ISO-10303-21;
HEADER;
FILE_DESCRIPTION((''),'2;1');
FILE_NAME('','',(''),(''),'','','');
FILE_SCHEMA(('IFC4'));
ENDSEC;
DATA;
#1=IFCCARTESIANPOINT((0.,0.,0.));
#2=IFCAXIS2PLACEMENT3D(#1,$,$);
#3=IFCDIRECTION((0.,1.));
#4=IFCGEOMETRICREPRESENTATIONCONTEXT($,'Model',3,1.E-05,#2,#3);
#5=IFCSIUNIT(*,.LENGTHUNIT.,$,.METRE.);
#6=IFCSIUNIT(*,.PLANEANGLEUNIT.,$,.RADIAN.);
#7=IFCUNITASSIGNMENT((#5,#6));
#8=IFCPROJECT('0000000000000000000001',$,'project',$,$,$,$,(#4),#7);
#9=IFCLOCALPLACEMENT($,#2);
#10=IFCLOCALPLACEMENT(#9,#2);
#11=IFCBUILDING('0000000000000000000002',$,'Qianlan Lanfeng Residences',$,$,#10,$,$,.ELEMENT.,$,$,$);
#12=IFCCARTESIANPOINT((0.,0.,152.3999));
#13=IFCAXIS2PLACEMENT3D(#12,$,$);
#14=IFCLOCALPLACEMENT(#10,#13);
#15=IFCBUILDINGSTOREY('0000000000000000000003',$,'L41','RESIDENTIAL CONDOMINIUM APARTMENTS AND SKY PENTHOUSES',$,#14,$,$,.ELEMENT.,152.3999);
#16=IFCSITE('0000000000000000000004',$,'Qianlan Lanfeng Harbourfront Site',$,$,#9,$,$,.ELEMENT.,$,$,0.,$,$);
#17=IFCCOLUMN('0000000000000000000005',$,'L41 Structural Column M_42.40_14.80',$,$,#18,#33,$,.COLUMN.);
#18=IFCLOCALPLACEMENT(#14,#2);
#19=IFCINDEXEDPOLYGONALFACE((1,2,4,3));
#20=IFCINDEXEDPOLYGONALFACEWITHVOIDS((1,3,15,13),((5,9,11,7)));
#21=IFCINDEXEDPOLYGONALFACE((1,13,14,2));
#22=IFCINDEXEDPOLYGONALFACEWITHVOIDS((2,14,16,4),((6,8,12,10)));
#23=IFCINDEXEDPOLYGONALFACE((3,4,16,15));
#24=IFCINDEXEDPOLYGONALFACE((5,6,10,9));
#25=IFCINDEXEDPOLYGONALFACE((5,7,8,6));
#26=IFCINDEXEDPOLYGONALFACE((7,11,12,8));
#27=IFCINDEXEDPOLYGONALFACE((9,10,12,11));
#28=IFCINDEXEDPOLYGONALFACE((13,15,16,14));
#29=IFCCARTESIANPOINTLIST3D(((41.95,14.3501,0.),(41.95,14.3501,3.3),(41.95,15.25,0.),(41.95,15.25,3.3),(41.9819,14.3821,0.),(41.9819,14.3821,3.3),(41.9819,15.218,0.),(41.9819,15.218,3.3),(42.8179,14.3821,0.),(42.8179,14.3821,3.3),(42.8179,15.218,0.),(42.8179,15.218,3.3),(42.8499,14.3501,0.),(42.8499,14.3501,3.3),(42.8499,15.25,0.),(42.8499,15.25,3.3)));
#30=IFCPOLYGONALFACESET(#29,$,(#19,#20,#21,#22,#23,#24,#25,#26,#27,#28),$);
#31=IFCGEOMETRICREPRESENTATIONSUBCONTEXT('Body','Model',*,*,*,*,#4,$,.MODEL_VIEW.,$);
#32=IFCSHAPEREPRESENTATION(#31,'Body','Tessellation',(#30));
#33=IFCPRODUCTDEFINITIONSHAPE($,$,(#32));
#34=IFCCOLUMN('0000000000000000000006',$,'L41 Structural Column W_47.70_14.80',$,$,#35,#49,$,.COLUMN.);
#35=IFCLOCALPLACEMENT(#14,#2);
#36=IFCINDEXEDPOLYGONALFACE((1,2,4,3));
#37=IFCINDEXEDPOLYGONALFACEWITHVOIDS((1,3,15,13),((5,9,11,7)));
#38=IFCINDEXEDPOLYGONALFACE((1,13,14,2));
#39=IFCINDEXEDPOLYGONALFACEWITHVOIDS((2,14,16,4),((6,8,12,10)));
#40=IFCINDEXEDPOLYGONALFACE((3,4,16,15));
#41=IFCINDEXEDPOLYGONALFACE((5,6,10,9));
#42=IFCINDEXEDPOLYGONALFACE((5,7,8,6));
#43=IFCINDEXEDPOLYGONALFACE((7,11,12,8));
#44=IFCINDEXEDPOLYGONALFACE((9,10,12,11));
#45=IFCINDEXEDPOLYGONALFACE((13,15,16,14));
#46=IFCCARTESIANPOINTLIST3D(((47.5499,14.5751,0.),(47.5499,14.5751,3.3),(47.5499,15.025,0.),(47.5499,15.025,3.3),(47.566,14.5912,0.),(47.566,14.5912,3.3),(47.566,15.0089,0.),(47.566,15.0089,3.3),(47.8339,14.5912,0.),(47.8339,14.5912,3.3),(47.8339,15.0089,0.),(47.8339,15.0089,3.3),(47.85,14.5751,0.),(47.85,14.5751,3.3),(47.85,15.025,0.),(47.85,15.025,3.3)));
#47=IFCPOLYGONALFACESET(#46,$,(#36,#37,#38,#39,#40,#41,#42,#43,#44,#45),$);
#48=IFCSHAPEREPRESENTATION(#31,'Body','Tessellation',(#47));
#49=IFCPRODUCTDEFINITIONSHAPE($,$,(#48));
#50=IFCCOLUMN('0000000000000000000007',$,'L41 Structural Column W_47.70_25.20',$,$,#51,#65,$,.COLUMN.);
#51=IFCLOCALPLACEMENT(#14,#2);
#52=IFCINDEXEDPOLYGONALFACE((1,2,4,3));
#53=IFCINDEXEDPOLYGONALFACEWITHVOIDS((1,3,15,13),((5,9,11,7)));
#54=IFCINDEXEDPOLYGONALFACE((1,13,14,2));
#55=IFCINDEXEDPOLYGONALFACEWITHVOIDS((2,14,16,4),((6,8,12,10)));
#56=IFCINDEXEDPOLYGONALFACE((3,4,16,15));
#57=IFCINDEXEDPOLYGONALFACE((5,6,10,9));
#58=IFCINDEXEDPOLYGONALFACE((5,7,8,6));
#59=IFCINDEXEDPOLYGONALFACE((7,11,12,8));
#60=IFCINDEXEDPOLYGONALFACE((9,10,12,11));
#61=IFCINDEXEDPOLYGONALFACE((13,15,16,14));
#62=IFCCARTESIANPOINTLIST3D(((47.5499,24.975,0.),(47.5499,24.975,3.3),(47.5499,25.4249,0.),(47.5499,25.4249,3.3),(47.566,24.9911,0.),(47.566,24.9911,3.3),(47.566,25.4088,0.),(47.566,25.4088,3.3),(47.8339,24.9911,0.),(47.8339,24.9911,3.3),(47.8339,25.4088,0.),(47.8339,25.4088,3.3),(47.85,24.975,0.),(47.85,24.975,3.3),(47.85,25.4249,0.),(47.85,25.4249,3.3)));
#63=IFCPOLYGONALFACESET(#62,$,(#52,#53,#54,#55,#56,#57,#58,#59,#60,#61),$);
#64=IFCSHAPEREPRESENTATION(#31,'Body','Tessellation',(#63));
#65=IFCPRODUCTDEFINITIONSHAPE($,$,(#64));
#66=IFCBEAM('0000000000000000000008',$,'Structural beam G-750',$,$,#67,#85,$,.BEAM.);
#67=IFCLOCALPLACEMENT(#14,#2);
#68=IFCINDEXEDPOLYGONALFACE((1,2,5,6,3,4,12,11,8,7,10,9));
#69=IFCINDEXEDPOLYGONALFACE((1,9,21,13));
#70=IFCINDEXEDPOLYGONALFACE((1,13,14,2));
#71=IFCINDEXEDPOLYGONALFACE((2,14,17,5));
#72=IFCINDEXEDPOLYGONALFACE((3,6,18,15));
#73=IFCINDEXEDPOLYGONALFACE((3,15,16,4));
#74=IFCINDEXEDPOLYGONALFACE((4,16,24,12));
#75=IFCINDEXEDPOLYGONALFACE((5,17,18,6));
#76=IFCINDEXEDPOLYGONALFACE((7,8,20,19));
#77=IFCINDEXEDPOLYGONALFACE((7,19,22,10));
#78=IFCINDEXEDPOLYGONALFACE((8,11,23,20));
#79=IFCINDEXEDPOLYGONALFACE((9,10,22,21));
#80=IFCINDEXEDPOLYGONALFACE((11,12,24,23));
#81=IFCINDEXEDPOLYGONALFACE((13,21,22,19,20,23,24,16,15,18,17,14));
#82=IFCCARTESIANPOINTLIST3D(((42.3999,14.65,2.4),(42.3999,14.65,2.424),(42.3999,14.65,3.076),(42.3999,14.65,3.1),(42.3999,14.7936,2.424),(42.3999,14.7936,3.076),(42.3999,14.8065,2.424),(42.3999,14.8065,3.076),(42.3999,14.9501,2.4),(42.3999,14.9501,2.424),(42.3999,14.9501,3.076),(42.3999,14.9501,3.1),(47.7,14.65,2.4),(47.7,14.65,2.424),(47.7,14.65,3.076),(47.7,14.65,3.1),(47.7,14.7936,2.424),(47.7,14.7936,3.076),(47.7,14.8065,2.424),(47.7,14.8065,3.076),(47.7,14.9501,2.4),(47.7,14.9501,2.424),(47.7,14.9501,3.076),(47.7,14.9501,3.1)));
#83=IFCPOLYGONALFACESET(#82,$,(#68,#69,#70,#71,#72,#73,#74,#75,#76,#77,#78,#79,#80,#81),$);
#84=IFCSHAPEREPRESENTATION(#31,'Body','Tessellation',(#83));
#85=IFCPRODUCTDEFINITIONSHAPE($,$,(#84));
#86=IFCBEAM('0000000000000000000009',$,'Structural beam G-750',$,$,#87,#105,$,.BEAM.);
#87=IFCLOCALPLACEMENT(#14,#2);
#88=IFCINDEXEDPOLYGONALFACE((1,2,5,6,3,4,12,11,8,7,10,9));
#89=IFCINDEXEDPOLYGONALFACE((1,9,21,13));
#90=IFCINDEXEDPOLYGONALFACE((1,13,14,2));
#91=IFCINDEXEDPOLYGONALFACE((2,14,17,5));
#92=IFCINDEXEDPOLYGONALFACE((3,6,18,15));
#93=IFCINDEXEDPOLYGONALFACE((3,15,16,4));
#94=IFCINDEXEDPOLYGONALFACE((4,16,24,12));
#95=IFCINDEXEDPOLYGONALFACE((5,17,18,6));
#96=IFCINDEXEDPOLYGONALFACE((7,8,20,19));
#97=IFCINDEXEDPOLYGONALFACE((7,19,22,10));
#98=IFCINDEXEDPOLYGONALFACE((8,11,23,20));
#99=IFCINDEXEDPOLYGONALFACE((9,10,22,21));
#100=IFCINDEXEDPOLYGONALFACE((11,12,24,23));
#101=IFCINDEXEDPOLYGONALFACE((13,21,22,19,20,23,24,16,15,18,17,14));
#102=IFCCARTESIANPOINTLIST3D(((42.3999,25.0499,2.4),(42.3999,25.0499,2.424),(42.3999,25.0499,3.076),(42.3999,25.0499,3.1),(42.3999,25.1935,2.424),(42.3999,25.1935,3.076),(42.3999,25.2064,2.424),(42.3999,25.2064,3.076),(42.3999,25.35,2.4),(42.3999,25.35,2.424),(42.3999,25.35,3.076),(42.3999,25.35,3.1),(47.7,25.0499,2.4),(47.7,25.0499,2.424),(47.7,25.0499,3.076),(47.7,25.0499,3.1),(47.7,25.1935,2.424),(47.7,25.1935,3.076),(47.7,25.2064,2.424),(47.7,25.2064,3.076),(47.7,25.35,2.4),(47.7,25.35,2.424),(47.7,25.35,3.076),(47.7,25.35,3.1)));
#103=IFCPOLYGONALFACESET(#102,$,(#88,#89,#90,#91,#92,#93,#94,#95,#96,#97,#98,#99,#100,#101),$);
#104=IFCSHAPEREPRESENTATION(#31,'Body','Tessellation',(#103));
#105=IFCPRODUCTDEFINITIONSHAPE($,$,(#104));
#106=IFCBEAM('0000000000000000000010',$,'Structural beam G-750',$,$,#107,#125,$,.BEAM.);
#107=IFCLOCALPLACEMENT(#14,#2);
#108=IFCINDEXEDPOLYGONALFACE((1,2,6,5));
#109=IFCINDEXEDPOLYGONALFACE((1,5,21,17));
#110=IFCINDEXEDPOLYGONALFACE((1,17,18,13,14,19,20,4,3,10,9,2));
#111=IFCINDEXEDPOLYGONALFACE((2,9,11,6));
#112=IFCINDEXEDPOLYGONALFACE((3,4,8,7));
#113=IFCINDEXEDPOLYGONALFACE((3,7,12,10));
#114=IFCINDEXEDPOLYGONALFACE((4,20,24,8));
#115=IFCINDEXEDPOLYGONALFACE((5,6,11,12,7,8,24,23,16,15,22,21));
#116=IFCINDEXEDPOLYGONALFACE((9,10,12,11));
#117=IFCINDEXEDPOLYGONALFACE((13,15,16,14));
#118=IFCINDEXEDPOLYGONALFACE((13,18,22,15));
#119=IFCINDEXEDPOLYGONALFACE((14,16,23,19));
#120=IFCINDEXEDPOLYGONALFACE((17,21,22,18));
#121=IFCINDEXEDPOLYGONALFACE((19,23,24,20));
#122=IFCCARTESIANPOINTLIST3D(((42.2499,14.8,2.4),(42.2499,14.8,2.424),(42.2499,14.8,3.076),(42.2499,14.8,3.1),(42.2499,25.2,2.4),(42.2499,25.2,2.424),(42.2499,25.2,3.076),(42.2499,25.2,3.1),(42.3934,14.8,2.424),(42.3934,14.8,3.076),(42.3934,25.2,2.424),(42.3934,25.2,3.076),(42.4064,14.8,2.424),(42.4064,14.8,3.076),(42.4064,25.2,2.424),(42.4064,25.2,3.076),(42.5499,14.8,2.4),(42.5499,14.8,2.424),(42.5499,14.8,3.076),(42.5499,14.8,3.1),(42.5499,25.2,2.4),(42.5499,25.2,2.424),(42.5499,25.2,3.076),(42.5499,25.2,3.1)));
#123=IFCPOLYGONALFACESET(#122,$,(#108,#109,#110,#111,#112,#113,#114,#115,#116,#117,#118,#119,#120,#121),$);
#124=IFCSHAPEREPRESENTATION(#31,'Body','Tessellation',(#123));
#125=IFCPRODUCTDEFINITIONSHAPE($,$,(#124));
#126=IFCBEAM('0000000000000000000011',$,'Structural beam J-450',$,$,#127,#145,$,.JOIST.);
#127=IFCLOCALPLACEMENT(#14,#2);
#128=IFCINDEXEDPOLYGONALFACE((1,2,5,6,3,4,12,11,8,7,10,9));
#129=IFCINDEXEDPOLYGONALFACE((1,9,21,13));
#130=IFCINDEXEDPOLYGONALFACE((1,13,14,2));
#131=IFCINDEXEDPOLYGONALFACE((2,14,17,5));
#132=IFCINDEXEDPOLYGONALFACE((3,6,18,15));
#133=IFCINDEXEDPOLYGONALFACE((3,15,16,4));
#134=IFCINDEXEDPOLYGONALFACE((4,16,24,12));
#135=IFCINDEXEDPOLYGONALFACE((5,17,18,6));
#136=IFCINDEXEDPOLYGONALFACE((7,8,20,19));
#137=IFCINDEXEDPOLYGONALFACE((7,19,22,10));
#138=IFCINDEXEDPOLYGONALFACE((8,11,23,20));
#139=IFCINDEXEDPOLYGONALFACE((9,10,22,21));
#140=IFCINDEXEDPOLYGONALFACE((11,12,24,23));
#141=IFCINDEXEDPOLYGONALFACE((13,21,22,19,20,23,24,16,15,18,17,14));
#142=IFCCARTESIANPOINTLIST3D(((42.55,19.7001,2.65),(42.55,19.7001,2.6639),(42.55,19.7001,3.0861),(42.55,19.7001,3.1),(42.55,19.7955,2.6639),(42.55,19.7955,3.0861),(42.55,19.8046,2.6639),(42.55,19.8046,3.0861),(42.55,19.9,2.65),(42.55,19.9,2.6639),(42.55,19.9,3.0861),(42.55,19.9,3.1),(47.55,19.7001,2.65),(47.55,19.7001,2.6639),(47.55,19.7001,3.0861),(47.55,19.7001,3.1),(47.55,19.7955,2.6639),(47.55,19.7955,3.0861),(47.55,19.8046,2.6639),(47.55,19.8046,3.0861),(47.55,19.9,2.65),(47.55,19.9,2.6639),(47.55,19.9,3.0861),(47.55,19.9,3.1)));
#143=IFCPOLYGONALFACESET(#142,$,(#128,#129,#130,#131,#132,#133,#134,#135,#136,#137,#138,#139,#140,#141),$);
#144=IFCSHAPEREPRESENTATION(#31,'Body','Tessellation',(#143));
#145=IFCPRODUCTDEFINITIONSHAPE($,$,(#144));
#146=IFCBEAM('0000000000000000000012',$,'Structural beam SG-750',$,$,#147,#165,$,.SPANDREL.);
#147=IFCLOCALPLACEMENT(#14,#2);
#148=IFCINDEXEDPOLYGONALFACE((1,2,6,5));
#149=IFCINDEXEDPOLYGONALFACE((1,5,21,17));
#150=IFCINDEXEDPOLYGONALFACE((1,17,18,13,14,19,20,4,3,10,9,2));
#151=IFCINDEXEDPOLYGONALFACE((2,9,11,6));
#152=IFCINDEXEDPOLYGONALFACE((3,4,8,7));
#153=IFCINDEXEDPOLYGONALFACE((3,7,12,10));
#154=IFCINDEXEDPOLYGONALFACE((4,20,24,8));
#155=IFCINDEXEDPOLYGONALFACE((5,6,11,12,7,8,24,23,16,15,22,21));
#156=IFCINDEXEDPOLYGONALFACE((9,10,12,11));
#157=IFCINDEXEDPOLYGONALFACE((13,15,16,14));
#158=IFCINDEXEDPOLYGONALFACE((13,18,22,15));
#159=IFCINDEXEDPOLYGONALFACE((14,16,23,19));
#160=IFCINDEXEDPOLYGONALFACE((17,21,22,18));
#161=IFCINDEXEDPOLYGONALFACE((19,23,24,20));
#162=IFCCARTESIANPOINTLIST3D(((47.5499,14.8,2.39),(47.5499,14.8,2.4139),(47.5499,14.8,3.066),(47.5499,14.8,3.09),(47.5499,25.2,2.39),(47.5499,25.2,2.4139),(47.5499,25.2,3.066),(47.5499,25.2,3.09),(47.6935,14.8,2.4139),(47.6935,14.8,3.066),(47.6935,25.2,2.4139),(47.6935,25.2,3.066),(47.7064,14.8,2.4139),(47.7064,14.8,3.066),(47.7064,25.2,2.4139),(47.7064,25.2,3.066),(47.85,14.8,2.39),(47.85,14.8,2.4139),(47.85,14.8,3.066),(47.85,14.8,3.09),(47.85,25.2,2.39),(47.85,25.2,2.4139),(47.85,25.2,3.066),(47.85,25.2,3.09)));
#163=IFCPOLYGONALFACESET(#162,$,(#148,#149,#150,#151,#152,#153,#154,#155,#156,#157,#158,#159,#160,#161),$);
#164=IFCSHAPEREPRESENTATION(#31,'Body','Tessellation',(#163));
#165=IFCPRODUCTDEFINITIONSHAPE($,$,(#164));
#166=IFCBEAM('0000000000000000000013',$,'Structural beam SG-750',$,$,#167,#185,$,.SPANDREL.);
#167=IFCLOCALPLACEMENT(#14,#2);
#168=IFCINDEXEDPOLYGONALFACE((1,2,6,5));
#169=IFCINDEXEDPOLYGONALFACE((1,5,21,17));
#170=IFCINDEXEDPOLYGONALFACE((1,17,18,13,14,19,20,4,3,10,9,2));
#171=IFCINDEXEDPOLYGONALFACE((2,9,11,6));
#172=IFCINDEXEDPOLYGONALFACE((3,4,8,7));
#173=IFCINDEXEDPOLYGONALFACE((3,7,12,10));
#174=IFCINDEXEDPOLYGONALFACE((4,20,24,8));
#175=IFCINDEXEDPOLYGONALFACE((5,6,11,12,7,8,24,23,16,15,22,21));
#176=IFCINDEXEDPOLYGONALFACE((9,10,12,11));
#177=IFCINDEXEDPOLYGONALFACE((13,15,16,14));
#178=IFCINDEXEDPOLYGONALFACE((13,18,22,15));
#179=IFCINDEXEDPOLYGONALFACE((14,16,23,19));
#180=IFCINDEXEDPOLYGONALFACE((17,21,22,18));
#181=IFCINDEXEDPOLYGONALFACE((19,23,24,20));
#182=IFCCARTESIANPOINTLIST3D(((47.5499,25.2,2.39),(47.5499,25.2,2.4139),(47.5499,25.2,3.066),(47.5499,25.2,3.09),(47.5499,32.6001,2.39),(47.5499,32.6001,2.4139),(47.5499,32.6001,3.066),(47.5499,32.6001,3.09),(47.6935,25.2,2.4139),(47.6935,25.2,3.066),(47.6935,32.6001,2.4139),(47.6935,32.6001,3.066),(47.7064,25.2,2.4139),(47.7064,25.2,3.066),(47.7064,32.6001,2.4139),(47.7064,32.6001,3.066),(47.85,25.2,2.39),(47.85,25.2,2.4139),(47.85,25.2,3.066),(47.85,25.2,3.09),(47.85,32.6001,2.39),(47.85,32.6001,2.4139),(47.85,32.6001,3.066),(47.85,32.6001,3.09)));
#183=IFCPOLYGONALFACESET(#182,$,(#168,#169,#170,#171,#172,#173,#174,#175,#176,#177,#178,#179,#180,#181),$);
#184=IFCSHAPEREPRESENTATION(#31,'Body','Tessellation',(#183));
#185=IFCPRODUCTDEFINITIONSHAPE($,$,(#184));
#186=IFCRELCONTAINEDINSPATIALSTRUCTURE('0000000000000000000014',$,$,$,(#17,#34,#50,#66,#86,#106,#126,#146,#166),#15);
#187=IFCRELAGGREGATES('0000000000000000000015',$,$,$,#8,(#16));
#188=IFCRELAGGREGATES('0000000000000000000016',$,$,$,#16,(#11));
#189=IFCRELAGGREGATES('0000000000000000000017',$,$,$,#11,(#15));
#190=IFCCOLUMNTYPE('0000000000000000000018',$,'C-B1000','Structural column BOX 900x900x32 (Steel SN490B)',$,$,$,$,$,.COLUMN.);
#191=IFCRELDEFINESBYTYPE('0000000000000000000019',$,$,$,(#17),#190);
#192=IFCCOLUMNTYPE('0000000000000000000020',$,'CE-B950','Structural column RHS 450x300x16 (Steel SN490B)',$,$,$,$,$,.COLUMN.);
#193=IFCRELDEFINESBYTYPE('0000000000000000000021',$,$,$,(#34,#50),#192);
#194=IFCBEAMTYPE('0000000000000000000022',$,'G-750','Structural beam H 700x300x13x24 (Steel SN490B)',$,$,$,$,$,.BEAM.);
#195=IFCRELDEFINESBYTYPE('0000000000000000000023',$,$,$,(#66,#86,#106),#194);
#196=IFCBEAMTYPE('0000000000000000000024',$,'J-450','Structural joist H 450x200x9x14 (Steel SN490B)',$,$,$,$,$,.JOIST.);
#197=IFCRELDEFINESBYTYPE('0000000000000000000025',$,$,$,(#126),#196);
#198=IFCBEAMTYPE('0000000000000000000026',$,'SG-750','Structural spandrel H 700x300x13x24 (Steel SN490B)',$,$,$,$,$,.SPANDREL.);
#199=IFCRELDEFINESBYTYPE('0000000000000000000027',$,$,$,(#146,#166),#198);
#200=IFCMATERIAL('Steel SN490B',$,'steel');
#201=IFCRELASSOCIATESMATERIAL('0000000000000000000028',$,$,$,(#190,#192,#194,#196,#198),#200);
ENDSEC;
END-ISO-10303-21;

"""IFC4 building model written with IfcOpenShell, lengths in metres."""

from ifc_helpers import new_model, si_unit, direction, frame, origin, origin_2d, place, context, subcontext, project, spatial, hollow_rectangle, i_section, extrude, material, material_profile, profile_set, type_object, element, save


model = new_model("IFC4")

# Units and contexts
model_context = context("Model", 3, precision=1e-05, world=origin(), true_north=direction((0.0, 1.0)))
body_context = subcontext(model_context, "Body", "Model", "MODEL_VIEW")
ifc_project = project(units=[si_unit("LENGTHUNIT", "METRE"), si_unit("PLANEANGLEUNIT", "RADIAN")], contexts=[model_context])

# Site, building, storey
site_placement = place(None, origin())
site = spatial("IfcSite", under=ifc_project, at=site_placement, Name="Qianlan Lanfeng Harbourfront Site", CompositionType="ELEMENT", RefElevation=0.0)
building_placement = place(site_placement, origin())
building = spatial("IfcBuilding", under=site, at=building_placement, Name="Qianlan Lanfeng Residences", CompositionType="ELEMENT")
storey_placement = place(building_placement, frame((0.0, 0.0, 152.3999)))
storey = spatial("IfcBuildingStorey", under=building, at=storey_placement, Name="L41", Description="RESIDENTIAL CONDOMINIUM APARTMENTS AND SKY PENTHOUSES", CompositionType="ELEMENT", Elevation=152.3999)

# Columns
ifc_material_1 = material(Name="Steel SN490B", Category="steel")
ifc_material_profile_1 = material_profile(ifc_material_1, hollow_rectangle(XDim=0.8999, YDim=0.8999, WallThickness=0.032, at=origin_2d()), Name="BOX 900x900x32")
ifc_profile_set_1 = profile_set([ifc_material_profile_1], Name="Steel SN490B")
column_type_1 = type_object("IfcColumnType", Name="C-B1000", Description="Structural column BOX 900x900x32 (Steel SN490B)", PredefinedType="COLUMN", material=ifc_profile_set_1)
column_placement = place(storey_placement, frame((42.3999, 14.8, 0.0), z_axis=(0.0, 0.0, 1.0), x_axis=(1.0, 0.0, 0.0)))
element("IfcColumn", 1, at=column_placement, inside=storey, type_object=column_type_1, Name="L41 Structural Column M_42.40_14.80", PredefinedType="COLUMN", context=body_context, shape_type="SweptSolid", body=[
    extrude(hollow_rectangle(XDim=0.8999, YDim=0.8999, WallThickness=0.032, at=origin_2d()), origin(), (0.0, 0.0, 1.0), 3.3),
])
ifc_material_profile_2 = material_profile(ifc_material_1, hollow_rectangle(XDim=0.3, YDim=0.45, WallThickness=0.0161, at=origin_2d()), Name="RHS 450x300x16")
ifc_profile_set_2 = profile_set([ifc_material_profile_2], Name="Steel SN490B")
column_type_2 = type_object("IfcColumnType", Name="CE-B950", Description="Structural column RHS 450x300x16 (Steel SN490B)", PredefinedType="COLUMN", material=ifc_profile_set_2)
for number, where, z_axis, x_axis, name in (
    (2, (47.7, 14.8, 0.0), (0.0, 0.0, 1.0), (1.0, 0.0, 0.0), "L41 Structural Column W_47.70_14.80"),
    (3, (47.7, 25.2, 0.0), (0.0, 0.0, 1.0), (1.0, 0.0, 0.0), "L41 Structural Column W_47.70_25.20"),
):
    element("IfcColumn", number, at=place(storey_placement, frame(where, z_axis=z_axis, x_axis=x_axis)), inside=storey, type_object=column_type_2, Name=name, PredefinedType="COLUMN", context=body_context, shape_type="SweptSolid", body=[
        extrude(hollow_rectangle(XDim=0.3, YDim=0.45, WallThickness=0.0161, at=origin_2d()), origin(), (0.0, 0.0, 1.0), 3.3),
    ])

# Beams
ifc_material_profile_3 = material_profile(ifc_material_1, i_section(OverallWidth=0.3, OverallDepth=0.7, WebThickness=0.0129, FlangeThickness=0.0239, at=origin_2d()), Name="H 700x300x13x24")
ifc_profile_set_3 = profile_set([ifc_material_profile_3], Name="Steel SN490B")
beam_type_1 = type_object("IfcBeamType", Name="G-750", Description="Structural beam H 700x300x13x24 (Steel SN490B)", PredefinedType="BEAM", material=ifc_profile_set_3)
for number, where, z_axis, x_axis, name in (
    (4, (42.3999, 14.8, 2.75), (1.0, 0.0, 0.0), (0.0, 1.0, 0.0), "Structural beam G-750"),
    (5, (42.3999, 25.2, 2.75), (1.0, 0.0, 0.0), (0.0, 1.0, 0.0), "Structural beam G-750"),
):
    element("IfcBeam", number, at=place(storey_placement, frame(where, z_axis=z_axis, x_axis=x_axis)), inside=storey, type_object=beam_type_1, Name=name, PredefinedType="BEAM", context=body_context, shape_type="SweptSolid", body=[
        extrude(i_section(OverallWidth=0.3, OverallDepth=0.7, WebThickness=0.0129, FlangeThickness=0.0239, at=origin_2d()), origin(), (0.0, 0.0, 1.0), 5.3),
    ])
beam_1_placement = place(storey_placement, frame((42.3999, 14.8, 2.75), z_axis=(0.0, 1.0, 0.0), x_axis=(-1.0, 0.0, 0.0)))
element("IfcBeam", 6, at=beam_1_placement, inside=storey, type_object=beam_type_1, Name="Structural beam G-750", PredefinedType="BEAM", context=body_context, shape_type="SweptSolid", body=[
    extrude(i_section(OverallWidth=0.3, OverallDepth=0.7, WebThickness=0.0129, FlangeThickness=0.0239, at=origin_2d()), origin(), (0.0, 0.0, 1.0), 10.3999),
])
ifc_material_profile_4 = material_profile(ifc_material_1, i_section(OverallWidth=0.2, OverallDepth=0.45, WebThickness=0.009, FlangeThickness=0.0139, at=origin_2d()), Name="H 450x200x9x14")
ifc_profile_set_4 = profile_set([ifc_material_profile_4], Name="Steel SN490B")
beam_type_2 = type_object("IfcBeamType", Name="J-450", Description="Structural joist H 450x200x9x14 (Steel SN490B)", PredefinedType="JOIST", material=ifc_profile_set_4)
beam_2_placement = place(storey_placement, frame((42.55, 19.8, 2.875), z_axis=(1.0, 0.0, 0.0), x_axis=(0.0, 1.0, 0.0)))
element("IfcBeam", 7, at=beam_2_placement, inside=storey, type_object=beam_type_2, Name="Structural beam J-450", PredefinedType="JOIST", context=body_context, shape_type="SweptSolid", body=[
    extrude(i_section(OverallWidth=0.2, OverallDepth=0.45, WebThickness=0.009, FlangeThickness=0.0139, at=origin_2d()), origin(), (0.0, 0.0, 1.0), 5.0),
])
ifc_material_profile_5 = material_profile(ifc_material_1, i_section(OverallWidth=0.3, OverallDepth=0.7, WebThickness=0.0129, FlangeThickness=0.0239, at=origin_2d()), Name="H 700x300x13x24")
ifc_profile_set_5 = profile_set([ifc_material_profile_5], Name="Steel SN490B")
beam_type_3 = type_object("IfcBeamType", Name="SG-750", Description="Structural spandrel H 700x300x13x24 (Steel SN490B)", PredefinedType="SPANDREL", material=ifc_profile_set_5)
beam_3_placement = place(storey_placement, frame((47.7, 14.8, 2.74), z_axis=(0.0, 1.0, 0.0), x_axis=(-1.0, 0.0, 0.0)))
element("IfcBeam", 8, at=beam_3_placement, inside=storey, type_object=beam_type_3, Name="Structural beam SG-750", PredefinedType="SPANDREL", context=body_context, shape_type="SweptSolid", body=[
    extrude(i_section(OverallWidth=0.3, OverallDepth=0.7, WebThickness=0.0129, FlangeThickness=0.0239, at=origin_2d()), origin(), (0.0, 0.0, 1.0), 10.3999),
])
beam_4_placement = place(storey_placement, frame((47.7, 25.2, 2.74), z_axis=(0.0, 1.0, 0.0), x_axis=(-1.0, 0.0, 0.0)))
element("IfcBeam", 9, at=beam_4_placement, inside=storey, type_object=beam_type_3, Name="Structural beam SG-750", PredefinedType="SPANDREL", context=body_context, shape_type="SweptSolid", body=[
    extrude(i_section(OverallWidth=0.3, OverallDepth=0.7, WebThickness=0.0129, FlangeThickness=0.0239, at=origin_2d()), origin(), (0.0, 0.0, 1.0), 7.4001),
])

save(model, "model.ifc")
